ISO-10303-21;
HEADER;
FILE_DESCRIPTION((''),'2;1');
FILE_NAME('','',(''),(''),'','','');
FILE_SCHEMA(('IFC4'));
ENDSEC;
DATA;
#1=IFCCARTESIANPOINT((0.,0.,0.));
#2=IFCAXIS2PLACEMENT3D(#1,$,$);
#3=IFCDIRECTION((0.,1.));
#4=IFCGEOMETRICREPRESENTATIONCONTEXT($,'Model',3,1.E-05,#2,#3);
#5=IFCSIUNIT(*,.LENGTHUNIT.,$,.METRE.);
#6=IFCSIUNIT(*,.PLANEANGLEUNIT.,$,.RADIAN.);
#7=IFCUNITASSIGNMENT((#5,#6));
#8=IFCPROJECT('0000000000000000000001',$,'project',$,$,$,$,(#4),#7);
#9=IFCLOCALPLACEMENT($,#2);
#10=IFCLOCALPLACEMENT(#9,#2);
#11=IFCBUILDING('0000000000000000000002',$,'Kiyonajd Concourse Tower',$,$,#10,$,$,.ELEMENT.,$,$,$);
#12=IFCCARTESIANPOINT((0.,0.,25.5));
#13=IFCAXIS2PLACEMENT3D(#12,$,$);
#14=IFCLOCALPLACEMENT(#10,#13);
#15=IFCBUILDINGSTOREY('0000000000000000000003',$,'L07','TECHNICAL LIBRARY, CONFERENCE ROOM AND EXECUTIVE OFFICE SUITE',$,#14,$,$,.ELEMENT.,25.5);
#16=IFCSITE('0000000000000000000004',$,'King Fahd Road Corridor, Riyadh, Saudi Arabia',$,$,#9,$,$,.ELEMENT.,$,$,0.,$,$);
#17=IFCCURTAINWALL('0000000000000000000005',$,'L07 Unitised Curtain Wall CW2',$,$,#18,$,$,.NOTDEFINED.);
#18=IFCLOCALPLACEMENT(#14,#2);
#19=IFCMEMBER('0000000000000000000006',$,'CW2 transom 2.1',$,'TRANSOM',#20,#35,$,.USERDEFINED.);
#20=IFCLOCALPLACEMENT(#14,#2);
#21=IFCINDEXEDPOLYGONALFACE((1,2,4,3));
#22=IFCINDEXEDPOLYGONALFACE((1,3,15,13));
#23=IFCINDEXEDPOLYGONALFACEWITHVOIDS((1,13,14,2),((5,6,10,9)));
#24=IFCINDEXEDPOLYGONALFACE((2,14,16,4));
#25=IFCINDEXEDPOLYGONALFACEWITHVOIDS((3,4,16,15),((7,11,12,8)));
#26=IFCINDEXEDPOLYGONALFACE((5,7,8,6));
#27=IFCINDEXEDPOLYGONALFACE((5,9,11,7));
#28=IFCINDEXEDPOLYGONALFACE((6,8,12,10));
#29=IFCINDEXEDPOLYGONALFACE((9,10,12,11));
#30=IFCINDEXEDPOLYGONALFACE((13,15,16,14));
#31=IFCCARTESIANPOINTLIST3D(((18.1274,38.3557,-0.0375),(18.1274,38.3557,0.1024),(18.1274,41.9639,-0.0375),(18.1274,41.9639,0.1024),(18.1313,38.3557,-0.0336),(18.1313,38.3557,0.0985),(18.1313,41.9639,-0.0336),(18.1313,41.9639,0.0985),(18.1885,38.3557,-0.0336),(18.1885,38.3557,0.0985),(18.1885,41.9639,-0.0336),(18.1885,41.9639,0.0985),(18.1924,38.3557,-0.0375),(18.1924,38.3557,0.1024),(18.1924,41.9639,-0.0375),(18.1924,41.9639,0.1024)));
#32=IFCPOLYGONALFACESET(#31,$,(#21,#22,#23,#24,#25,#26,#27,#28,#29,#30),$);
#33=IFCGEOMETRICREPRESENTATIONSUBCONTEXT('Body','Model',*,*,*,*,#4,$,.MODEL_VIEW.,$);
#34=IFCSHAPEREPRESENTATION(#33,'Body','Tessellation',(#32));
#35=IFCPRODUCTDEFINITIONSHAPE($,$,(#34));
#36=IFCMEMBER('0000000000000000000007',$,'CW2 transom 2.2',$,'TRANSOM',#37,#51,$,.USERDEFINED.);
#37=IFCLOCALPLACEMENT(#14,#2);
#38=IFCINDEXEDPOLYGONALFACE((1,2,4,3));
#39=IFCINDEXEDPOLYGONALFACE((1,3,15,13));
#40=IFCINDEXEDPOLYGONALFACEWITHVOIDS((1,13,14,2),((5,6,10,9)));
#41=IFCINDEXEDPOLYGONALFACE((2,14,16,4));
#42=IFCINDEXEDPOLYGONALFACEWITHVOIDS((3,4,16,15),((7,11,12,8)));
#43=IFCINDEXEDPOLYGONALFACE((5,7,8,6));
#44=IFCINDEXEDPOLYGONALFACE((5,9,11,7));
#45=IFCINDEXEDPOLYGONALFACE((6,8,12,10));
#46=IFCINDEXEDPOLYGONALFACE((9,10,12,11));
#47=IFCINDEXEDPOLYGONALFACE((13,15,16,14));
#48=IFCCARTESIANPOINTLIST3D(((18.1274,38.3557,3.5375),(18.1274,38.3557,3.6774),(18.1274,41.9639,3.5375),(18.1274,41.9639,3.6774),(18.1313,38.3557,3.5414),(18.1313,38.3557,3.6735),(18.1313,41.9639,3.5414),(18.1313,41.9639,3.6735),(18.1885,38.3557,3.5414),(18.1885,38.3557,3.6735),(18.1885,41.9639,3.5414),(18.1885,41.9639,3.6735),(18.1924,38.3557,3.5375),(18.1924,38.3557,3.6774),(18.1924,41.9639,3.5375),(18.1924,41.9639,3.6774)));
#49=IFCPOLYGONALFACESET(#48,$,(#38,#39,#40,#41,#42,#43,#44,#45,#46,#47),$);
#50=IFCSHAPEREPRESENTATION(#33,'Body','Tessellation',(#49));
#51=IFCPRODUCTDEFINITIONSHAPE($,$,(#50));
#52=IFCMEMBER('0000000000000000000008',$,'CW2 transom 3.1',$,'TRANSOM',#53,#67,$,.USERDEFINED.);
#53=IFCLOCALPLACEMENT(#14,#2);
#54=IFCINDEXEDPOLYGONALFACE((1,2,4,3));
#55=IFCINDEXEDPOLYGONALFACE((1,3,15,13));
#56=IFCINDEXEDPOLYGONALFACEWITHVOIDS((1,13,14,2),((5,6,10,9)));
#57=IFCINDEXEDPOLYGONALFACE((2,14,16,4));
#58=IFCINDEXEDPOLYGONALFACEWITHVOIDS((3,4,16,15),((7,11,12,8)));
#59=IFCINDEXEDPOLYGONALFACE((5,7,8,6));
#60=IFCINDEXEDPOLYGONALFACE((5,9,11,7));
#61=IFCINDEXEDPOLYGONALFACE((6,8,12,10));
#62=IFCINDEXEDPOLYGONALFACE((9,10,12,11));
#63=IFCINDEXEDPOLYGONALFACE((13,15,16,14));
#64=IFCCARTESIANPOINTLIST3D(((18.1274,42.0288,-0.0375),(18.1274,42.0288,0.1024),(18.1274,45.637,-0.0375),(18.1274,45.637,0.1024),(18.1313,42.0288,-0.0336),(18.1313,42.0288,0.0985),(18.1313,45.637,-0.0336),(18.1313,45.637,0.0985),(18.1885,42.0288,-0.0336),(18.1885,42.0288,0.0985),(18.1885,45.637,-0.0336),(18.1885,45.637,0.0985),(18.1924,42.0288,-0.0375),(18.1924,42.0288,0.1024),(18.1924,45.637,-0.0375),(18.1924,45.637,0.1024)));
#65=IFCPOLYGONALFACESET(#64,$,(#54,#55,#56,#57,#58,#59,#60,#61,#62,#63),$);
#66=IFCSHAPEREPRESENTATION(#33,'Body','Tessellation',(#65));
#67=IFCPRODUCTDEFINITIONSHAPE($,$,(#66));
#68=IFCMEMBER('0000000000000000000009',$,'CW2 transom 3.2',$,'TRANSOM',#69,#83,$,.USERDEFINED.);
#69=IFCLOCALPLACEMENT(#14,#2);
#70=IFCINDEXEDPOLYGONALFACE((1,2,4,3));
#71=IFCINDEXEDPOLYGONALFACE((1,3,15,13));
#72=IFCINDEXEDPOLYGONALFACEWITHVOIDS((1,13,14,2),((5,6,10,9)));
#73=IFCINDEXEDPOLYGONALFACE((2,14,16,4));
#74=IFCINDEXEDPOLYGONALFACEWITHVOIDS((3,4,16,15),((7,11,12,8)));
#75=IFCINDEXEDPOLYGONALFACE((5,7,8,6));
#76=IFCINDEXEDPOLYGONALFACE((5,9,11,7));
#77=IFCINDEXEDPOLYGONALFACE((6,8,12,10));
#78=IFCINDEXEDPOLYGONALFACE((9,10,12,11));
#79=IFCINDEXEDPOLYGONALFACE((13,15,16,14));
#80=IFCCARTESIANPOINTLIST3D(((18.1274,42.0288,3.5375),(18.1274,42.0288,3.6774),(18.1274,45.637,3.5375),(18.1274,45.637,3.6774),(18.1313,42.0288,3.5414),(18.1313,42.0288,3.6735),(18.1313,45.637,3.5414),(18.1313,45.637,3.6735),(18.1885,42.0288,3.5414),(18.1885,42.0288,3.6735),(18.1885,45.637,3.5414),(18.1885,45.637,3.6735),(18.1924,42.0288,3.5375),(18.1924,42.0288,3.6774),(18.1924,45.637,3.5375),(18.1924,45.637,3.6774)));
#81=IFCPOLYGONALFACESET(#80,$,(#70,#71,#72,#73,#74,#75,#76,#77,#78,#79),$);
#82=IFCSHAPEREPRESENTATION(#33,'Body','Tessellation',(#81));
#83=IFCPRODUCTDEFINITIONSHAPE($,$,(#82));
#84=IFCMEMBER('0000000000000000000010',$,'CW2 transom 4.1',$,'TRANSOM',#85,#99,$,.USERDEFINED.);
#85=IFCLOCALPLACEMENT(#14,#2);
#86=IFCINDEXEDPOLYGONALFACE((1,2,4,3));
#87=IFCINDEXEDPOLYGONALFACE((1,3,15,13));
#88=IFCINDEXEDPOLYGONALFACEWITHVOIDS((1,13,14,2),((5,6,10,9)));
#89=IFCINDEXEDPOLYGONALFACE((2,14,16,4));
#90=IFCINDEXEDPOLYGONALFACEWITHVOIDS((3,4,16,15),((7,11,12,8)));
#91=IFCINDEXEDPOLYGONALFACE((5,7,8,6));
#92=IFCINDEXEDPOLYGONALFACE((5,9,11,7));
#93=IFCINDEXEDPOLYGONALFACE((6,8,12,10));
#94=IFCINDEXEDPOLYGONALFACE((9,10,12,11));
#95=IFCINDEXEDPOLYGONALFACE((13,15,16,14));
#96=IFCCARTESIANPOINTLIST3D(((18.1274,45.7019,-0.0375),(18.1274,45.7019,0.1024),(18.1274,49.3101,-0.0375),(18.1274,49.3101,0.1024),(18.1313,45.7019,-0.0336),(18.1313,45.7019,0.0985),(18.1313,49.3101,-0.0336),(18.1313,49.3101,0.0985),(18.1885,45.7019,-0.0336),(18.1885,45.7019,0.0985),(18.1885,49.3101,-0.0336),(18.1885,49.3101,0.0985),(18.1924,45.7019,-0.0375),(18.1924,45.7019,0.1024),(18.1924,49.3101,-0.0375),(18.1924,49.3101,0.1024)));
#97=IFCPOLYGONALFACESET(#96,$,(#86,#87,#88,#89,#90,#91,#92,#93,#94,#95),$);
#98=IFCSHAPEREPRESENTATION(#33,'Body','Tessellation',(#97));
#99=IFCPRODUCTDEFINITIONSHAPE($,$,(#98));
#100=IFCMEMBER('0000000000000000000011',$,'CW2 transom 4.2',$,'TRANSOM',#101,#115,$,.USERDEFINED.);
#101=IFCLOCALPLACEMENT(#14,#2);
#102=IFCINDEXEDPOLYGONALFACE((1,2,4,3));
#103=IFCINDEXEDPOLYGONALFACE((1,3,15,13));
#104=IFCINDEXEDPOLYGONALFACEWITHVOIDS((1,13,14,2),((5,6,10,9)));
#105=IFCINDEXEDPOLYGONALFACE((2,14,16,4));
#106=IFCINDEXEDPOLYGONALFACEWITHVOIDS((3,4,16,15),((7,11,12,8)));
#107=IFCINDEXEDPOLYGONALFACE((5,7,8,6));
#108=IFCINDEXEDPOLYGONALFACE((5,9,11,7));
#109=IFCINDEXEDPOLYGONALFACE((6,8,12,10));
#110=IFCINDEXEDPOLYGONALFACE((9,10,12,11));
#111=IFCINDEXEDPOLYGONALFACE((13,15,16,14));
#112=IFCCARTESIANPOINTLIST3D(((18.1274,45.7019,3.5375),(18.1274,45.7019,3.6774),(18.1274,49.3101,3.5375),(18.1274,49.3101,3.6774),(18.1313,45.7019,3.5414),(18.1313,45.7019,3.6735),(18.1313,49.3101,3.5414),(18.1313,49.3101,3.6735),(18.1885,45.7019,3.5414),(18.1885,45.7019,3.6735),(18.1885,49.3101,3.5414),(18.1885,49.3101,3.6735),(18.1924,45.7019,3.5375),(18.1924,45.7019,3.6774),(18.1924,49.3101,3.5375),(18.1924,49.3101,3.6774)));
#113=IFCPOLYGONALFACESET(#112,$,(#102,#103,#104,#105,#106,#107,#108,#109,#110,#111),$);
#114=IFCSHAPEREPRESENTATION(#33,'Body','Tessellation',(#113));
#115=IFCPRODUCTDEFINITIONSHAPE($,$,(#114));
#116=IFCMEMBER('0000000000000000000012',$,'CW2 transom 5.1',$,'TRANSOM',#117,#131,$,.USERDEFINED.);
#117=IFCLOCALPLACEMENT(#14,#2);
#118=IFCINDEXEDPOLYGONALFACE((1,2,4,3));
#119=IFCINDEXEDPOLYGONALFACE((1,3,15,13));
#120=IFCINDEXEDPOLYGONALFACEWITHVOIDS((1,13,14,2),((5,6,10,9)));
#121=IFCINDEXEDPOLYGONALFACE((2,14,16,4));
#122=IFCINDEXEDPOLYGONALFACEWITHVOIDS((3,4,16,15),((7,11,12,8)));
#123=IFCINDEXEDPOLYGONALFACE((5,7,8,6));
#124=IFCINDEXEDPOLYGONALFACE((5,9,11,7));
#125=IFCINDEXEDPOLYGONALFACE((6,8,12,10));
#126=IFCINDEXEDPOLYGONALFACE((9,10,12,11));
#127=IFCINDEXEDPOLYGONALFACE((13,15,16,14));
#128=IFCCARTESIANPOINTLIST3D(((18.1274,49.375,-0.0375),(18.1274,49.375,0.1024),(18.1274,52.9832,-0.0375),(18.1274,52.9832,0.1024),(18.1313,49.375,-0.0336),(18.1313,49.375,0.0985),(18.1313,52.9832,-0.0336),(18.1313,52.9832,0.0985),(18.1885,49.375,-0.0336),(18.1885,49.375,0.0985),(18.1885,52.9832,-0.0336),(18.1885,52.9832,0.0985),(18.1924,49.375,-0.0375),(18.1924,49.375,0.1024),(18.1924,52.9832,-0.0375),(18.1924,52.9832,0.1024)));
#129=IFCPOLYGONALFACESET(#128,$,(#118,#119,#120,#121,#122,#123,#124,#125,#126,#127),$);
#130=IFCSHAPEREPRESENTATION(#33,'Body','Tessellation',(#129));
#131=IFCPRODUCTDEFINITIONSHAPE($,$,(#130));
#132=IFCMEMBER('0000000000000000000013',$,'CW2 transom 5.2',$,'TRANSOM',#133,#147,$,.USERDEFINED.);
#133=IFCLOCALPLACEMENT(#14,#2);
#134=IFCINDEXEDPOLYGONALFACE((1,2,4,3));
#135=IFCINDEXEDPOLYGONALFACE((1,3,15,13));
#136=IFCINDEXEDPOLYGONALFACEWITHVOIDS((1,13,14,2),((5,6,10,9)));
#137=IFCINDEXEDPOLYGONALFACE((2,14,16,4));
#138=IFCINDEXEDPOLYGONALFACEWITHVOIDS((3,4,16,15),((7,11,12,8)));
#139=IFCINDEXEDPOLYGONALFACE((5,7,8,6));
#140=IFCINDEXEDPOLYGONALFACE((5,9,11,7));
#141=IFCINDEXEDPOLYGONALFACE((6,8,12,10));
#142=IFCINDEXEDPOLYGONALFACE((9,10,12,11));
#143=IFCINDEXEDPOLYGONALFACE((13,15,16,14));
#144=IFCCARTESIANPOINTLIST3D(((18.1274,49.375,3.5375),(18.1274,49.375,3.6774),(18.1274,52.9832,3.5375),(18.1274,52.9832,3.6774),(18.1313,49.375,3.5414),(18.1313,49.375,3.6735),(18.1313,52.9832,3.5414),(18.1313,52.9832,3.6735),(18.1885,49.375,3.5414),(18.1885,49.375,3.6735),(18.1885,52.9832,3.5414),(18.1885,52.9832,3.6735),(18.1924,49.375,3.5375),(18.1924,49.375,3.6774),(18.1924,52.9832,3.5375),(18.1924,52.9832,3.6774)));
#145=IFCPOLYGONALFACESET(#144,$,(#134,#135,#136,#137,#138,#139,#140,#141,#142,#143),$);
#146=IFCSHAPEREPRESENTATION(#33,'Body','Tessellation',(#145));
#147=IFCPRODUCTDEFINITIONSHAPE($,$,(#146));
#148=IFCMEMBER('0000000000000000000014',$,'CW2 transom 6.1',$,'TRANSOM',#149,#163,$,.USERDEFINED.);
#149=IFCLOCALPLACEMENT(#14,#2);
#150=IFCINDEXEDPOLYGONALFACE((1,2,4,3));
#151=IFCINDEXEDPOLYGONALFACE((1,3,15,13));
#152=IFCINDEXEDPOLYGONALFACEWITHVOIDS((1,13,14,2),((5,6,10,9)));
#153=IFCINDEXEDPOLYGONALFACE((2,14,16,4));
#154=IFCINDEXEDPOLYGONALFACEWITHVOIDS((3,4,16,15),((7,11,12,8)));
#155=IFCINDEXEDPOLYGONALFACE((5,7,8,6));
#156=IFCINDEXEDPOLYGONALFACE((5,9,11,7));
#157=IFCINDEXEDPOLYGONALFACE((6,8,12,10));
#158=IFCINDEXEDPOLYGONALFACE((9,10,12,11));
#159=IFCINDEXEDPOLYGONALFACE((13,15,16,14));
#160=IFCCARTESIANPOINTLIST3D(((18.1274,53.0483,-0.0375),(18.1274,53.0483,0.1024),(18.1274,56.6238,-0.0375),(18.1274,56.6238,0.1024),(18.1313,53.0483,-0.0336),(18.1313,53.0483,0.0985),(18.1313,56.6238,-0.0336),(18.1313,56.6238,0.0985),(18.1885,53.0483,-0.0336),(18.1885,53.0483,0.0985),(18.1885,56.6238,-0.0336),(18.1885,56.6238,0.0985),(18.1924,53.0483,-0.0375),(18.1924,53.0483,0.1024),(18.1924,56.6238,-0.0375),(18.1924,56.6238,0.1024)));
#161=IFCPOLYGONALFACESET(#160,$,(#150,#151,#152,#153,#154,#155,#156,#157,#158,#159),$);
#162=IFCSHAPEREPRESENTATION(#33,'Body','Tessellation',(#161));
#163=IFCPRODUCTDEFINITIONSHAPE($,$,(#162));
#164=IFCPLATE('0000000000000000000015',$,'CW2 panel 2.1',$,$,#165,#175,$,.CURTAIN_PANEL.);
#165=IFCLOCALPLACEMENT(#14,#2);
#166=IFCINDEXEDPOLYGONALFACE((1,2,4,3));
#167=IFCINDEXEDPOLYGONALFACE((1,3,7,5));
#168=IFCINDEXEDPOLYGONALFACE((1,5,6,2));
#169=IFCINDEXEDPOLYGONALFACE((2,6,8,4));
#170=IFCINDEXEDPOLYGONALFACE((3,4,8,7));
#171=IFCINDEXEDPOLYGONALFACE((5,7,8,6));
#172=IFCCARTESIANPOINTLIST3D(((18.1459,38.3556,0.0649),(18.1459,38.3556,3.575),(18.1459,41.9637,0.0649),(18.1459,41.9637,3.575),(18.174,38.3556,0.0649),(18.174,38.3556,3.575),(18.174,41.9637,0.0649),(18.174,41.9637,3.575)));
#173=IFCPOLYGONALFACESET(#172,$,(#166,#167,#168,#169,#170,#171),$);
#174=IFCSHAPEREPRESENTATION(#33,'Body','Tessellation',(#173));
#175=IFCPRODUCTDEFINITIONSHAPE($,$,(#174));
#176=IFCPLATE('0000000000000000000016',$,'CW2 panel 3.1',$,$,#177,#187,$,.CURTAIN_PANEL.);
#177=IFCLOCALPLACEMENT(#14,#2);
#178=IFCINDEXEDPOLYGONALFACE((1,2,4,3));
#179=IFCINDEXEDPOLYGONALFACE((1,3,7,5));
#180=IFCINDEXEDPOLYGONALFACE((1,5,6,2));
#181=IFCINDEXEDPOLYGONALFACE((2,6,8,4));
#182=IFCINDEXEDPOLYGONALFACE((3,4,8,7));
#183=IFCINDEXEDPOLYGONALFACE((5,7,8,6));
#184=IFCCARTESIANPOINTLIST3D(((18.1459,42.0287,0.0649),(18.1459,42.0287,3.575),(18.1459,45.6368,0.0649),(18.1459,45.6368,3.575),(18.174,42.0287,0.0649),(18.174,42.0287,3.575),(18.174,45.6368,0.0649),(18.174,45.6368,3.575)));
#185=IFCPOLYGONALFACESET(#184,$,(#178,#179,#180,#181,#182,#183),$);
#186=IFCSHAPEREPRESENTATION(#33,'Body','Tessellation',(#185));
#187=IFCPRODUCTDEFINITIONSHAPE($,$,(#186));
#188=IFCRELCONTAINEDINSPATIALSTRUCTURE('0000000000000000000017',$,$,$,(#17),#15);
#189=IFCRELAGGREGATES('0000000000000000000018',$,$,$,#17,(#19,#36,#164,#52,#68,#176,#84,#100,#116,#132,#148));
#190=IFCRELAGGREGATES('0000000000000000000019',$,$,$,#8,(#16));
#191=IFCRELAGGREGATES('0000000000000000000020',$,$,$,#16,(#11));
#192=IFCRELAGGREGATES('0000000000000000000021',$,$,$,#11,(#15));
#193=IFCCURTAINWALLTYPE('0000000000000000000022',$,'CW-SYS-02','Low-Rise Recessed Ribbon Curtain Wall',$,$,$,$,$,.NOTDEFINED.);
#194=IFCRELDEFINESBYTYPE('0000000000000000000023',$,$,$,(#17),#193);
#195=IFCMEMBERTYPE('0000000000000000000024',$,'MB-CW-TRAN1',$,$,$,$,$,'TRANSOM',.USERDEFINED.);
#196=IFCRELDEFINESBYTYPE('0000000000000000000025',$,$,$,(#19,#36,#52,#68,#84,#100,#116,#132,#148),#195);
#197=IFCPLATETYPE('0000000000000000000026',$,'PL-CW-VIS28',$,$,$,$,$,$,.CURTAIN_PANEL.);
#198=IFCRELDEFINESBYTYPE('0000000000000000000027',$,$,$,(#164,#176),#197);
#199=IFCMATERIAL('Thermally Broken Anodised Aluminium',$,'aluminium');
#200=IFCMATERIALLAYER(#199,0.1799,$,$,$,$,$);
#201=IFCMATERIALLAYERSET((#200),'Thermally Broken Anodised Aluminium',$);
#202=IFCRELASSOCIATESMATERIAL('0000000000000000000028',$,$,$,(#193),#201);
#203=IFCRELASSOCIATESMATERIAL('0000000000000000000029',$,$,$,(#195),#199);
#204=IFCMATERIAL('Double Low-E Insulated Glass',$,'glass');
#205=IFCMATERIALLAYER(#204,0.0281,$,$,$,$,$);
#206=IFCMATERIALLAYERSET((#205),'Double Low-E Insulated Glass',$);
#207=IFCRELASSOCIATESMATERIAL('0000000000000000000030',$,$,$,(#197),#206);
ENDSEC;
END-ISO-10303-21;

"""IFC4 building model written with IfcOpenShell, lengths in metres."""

from ifc_helpers import new_model, si_unit, direction, frame, origin, origin_2d, place, context, subcontext, project, spatial, rectangle, hollow_rectangle, extrude, material, layer, layer_set, material_profile, profile_set, type_object, element, aggregate, save


model = new_model("IFC4")

# Units and contexts
model_context = context("Model", 3, precision=1e-05, world=origin(), true_north=direction((0.0, 1.0)))
body_context = subcontext(model_context, "Body", "Model", "MODEL_VIEW")
ifc_project = project(units=[si_unit("LENGTHUNIT", "METRE"), si_unit("PLANEANGLEUNIT", "RADIAN")], contexts=[model_context])

# Site, building, storey
site_placement = place(None, origin())
site = spatial("IfcSite", under=ifc_project, at=site_placement, Name="King Fahd Road Corridor, Riyadh, Saudi Arabia", CompositionType="ELEMENT", RefElevation=0.0)
building_placement = place(site_placement, origin())
building = spatial("IfcBuilding", under=site, at=building_placement, Name="Kiyonajd Concourse Tower", CompositionType="ELEMENT")
storey_placement = place(building_placement, frame((0.0, 0.0, 25.5)))
storey = spatial("IfcBuildingStorey", under=building, at=storey_placement, Name="L07", Description="TECHNICAL LIBRARY, CONFERENCE ROOM AND EXECUTIVE OFFICE SUITE", CompositionType="ELEMENT", Elevation=25.5)

# Curtain wall, members, plates
ifc_material_1 = material(Name="Thermally Broken Anodised Aluminium", Category="aluminium")
ifc_layer_1 = layer(ifc_material_1, 0.1799)
ifc_layer_set_1 = layer_set([ifc_layer_1], Name="Thermally Broken Anodised Aluminium")
curtain_wall_type = type_object("IfcCurtainWallType", Name="CW-SYS-02", Description="Low-Rise Recessed Ribbon Curtain Wall", PredefinedType="NOTDEFINED", material=ifc_layer_set_1)
curtain_wall_placement = place(storey_placement, origin())
curtain_wall = element("IfcCurtainWall", 1, at=curtain_wall_placement, inside=storey, type_object=curtain_wall_type, Name="L07 Unitised Curtain Wall CW2", PredefinedType="NOTDEFINED")
ifc_material_profile_1 = material_profile(ifc_material_1, hollow_rectangle(XDim=0.0649, YDim=0.1399, WallThickness=0.0039, at=origin_2d()), Name="TRAN-65x140")
ifc_profile_set_1 = profile_set([ifc_material_profile_1], Name="Thermally Broken Anodised Aluminium")
member_type_1 = type_object("IfcMemberType", Name="MB-CW-TRAN1", ElementType="TRANSOM", PredefinedType="USERDEFINED", material=ifc_profile_set_1)
member_1_placement = place(storey_placement, frame((18.1599, 38.3557, 0.0325), z_axis=(0.0, 1.0, 0.0), x_axis=(-1.0, 0.0, 0.0)))
member_1 = element("IfcMember", 2, at=member_1_placement, type_object=member_type_1, Name="CW2 transom 2.1", ObjectType="TRANSOM", PredefinedType="USERDEFINED", context=body_context, shape_type="SweptSolid", body=[
    extrude(hollow_rectangle(XDim=0.0649, YDim=0.1399, WallThickness=0.0039, at=origin_2d()), origin(), (0.0, 0.0, 1.0), 3.6082),
])
member_2_placement = place(storey_placement, frame((18.1599, 38.3557, 3.6074), z_axis=(0.0, 1.0, 0.0), x_axis=(-1.0, 0.0, 0.0)))
member_2 = element("IfcMember", 3, at=member_2_placement, type_object=member_type_1, Name="CW2 transom 2.2", ObjectType="TRANSOM", PredefinedType="USERDEFINED", context=body_context, shape_type="SweptSolid", body=[
    extrude(hollow_rectangle(XDim=0.0649, YDim=0.1399, WallThickness=0.0039, at=origin_2d()), origin(), (0.0, 0.0, 1.0), 3.6082),
])
member_3_placement = place(storey_placement, frame((18.1599, 42.0288, 0.0325), z_axis=(0.0, 1.0, 0.0), x_axis=(-1.0, 0.0, 0.0)))
member_3 = element("IfcMember", 4, at=member_3_placement, type_object=member_type_1, Name="CW2 transom 3.1", ObjectType="TRANSOM", PredefinedType="USERDEFINED", context=body_context, shape_type="SweptSolid", body=[
    extrude(hollow_rectangle(XDim=0.0649, YDim=0.1399, WallThickness=0.0039, at=origin_2d()), origin(), (0.0, 0.0, 1.0), 3.6082),
])
member_4_placement = place(storey_placement, frame((18.1599, 42.0288, 3.6074), z_axis=(0.0, 1.0, 0.0), x_axis=(-1.0, 0.0, 0.0)))
member_4 = element("IfcMember", 5, at=member_4_placement, type_object=member_type_1, Name="CW2 transom 3.2", ObjectType="TRANSOM", PredefinedType="USERDEFINED", context=body_context, shape_type="SweptSolid", body=[
    extrude(hollow_rectangle(XDim=0.0649, YDim=0.1399, WallThickness=0.0039, at=origin_2d()), origin(), (0.0, 0.0, 1.0), 3.6082),
])
member_5_placement = place(storey_placement, frame((18.1599, 45.7019, 0.0325), z_axis=(0.0, 1.0, 0.0), x_axis=(-1.0, 0.0, 0.0)))
member_5 = element("IfcMember", 6, at=member_5_placement, type_object=member_type_1, Name="CW2 transom 4.1", ObjectType="TRANSOM", PredefinedType="USERDEFINED", context=body_context, shape_type="SweptSolid", body=[
    extrude(hollow_rectangle(XDim=0.0649, YDim=0.1399, WallThickness=0.0039, at=origin_2d()), origin(), (0.0, 0.0, 1.0), 3.6082),
])
member_6_placement = place(storey_placement, frame((18.1599, 45.7019, 3.6074), z_axis=(0.0, 1.0, 0.0), x_axis=(-1.0, 0.0, 0.0)))
member_6 = element("IfcMember", 7, at=member_6_placement, type_object=member_type_1, Name="CW2 transom 4.2", ObjectType="TRANSOM", PredefinedType="USERDEFINED", context=body_context, shape_type="SweptSolid", body=[
    extrude(hollow_rectangle(XDim=0.0649, YDim=0.1399, WallThickness=0.0039, at=origin_2d()), origin(), (0.0, 0.0, 1.0), 3.6082),
])
member_7_placement = place(storey_placement, frame((18.1599, 49.375, 0.0325), z_axis=(0.0, 1.0, 0.0), x_axis=(-1.0, 0.0, 0.0)))
member_7 = element("IfcMember", 8, at=member_7_placement, type_object=member_type_1, Name="CW2 transom 5.1", ObjectType="TRANSOM", PredefinedType="USERDEFINED", context=body_context, shape_type="SweptSolid", body=[
    extrude(hollow_rectangle(XDim=0.0649, YDim=0.1399, WallThickness=0.0039, at=origin_2d()), origin(), (0.0, 0.0, 1.0), 3.6082),
])
member_8_placement = place(storey_placement, frame((18.1599, 49.375, 3.6074), z_axis=(0.0, 1.0, 0.0), x_axis=(-1.0, 0.0, 0.0)))
member_8 = element("IfcMember", 9, at=member_8_placement, type_object=member_type_1, Name="CW2 transom 5.2", ObjectType="TRANSOM", PredefinedType="USERDEFINED", context=body_context, shape_type="SweptSolid", body=[
    extrude(hollow_rectangle(XDim=0.0649, YDim=0.1399, WallThickness=0.0039, at=origin_2d()), origin(), (0.0, 0.0, 1.0), 3.6082),
])
member_9_placement = place(storey_placement, frame((18.1599, 53.0483, 0.0325), z_axis=(0.0, 1.0, 0.0), x_axis=(-1.0, 0.0, 0.0)))
member_9 = element("IfcMember", 10, at=member_9_placement, type_object=member_type_1, Name="CW2 transom 6.1", ObjectType="TRANSOM", PredefinedType="USERDEFINED", context=body_context, shape_type="SweptSolid", body=[
    extrude(hollow_rectangle(XDim=0.0649, YDim=0.1399, WallThickness=0.0039, at=origin_2d()), origin(), (0.0, 0.0, 1.0), 3.5754),
])
ifc_material_2 = material(Name="Double Low-E Insulated Glass", Category="glass")
ifc_layer_2 = layer(ifc_material_2, 0.0281)
ifc_layer_set_2 = layer_set([ifc_layer_2], Name="Double Low-E Insulated Glass")
plate_type = type_object("IfcPlateType", Name="PL-CW-VIS28", PredefinedType="CURTAIN_PANEL", material=ifc_layer_set_2)
plate_1_placement = place(storey_placement, frame((18.1599, 40.1597, 0.0649), z_axis=(0.0, 0.0, 1.0), x_axis=(0.0, 1.0, 0.0)))
plate_1 = element("IfcPlate", 11, at=plate_1_placement, type_object=plate_type, Name="CW2 panel 2.1", PredefinedType="CURTAIN_PANEL", context=body_context, shape_type="SweptSolid", body=[
    extrude(rectangle(XDim=3.6082, YDim=0.0281, at=origin_2d()), origin(), (0.0, 0.0, 1.0), 3.51),
])
plate_2_placement = place(storey_placement, frame((18.1599, 43.8328, 0.0649), z_axis=(0.0, 0.0, 1.0), x_axis=(0.0, 1.0, 0.0)))
plate_2 = element("IfcPlate", 12, at=plate_2_placement, type_object=plate_type, Name="CW2 panel 3.1", PredefinedType="CURTAIN_PANEL", context=body_context, shape_type="SweptSolid", body=[
    extrude(rectangle(XDim=3.6082, YDim=0.0281, at=origin_2d()), origin(), (0.0, 0.0, 1.0), 3.51),
])
aggregate(curtain_wall, [member_1, member_2, plate_1, member_3, member_4, plate_2, member_5, member_6, member_7, member_8, member_9])

save(model, "model.ifc")
